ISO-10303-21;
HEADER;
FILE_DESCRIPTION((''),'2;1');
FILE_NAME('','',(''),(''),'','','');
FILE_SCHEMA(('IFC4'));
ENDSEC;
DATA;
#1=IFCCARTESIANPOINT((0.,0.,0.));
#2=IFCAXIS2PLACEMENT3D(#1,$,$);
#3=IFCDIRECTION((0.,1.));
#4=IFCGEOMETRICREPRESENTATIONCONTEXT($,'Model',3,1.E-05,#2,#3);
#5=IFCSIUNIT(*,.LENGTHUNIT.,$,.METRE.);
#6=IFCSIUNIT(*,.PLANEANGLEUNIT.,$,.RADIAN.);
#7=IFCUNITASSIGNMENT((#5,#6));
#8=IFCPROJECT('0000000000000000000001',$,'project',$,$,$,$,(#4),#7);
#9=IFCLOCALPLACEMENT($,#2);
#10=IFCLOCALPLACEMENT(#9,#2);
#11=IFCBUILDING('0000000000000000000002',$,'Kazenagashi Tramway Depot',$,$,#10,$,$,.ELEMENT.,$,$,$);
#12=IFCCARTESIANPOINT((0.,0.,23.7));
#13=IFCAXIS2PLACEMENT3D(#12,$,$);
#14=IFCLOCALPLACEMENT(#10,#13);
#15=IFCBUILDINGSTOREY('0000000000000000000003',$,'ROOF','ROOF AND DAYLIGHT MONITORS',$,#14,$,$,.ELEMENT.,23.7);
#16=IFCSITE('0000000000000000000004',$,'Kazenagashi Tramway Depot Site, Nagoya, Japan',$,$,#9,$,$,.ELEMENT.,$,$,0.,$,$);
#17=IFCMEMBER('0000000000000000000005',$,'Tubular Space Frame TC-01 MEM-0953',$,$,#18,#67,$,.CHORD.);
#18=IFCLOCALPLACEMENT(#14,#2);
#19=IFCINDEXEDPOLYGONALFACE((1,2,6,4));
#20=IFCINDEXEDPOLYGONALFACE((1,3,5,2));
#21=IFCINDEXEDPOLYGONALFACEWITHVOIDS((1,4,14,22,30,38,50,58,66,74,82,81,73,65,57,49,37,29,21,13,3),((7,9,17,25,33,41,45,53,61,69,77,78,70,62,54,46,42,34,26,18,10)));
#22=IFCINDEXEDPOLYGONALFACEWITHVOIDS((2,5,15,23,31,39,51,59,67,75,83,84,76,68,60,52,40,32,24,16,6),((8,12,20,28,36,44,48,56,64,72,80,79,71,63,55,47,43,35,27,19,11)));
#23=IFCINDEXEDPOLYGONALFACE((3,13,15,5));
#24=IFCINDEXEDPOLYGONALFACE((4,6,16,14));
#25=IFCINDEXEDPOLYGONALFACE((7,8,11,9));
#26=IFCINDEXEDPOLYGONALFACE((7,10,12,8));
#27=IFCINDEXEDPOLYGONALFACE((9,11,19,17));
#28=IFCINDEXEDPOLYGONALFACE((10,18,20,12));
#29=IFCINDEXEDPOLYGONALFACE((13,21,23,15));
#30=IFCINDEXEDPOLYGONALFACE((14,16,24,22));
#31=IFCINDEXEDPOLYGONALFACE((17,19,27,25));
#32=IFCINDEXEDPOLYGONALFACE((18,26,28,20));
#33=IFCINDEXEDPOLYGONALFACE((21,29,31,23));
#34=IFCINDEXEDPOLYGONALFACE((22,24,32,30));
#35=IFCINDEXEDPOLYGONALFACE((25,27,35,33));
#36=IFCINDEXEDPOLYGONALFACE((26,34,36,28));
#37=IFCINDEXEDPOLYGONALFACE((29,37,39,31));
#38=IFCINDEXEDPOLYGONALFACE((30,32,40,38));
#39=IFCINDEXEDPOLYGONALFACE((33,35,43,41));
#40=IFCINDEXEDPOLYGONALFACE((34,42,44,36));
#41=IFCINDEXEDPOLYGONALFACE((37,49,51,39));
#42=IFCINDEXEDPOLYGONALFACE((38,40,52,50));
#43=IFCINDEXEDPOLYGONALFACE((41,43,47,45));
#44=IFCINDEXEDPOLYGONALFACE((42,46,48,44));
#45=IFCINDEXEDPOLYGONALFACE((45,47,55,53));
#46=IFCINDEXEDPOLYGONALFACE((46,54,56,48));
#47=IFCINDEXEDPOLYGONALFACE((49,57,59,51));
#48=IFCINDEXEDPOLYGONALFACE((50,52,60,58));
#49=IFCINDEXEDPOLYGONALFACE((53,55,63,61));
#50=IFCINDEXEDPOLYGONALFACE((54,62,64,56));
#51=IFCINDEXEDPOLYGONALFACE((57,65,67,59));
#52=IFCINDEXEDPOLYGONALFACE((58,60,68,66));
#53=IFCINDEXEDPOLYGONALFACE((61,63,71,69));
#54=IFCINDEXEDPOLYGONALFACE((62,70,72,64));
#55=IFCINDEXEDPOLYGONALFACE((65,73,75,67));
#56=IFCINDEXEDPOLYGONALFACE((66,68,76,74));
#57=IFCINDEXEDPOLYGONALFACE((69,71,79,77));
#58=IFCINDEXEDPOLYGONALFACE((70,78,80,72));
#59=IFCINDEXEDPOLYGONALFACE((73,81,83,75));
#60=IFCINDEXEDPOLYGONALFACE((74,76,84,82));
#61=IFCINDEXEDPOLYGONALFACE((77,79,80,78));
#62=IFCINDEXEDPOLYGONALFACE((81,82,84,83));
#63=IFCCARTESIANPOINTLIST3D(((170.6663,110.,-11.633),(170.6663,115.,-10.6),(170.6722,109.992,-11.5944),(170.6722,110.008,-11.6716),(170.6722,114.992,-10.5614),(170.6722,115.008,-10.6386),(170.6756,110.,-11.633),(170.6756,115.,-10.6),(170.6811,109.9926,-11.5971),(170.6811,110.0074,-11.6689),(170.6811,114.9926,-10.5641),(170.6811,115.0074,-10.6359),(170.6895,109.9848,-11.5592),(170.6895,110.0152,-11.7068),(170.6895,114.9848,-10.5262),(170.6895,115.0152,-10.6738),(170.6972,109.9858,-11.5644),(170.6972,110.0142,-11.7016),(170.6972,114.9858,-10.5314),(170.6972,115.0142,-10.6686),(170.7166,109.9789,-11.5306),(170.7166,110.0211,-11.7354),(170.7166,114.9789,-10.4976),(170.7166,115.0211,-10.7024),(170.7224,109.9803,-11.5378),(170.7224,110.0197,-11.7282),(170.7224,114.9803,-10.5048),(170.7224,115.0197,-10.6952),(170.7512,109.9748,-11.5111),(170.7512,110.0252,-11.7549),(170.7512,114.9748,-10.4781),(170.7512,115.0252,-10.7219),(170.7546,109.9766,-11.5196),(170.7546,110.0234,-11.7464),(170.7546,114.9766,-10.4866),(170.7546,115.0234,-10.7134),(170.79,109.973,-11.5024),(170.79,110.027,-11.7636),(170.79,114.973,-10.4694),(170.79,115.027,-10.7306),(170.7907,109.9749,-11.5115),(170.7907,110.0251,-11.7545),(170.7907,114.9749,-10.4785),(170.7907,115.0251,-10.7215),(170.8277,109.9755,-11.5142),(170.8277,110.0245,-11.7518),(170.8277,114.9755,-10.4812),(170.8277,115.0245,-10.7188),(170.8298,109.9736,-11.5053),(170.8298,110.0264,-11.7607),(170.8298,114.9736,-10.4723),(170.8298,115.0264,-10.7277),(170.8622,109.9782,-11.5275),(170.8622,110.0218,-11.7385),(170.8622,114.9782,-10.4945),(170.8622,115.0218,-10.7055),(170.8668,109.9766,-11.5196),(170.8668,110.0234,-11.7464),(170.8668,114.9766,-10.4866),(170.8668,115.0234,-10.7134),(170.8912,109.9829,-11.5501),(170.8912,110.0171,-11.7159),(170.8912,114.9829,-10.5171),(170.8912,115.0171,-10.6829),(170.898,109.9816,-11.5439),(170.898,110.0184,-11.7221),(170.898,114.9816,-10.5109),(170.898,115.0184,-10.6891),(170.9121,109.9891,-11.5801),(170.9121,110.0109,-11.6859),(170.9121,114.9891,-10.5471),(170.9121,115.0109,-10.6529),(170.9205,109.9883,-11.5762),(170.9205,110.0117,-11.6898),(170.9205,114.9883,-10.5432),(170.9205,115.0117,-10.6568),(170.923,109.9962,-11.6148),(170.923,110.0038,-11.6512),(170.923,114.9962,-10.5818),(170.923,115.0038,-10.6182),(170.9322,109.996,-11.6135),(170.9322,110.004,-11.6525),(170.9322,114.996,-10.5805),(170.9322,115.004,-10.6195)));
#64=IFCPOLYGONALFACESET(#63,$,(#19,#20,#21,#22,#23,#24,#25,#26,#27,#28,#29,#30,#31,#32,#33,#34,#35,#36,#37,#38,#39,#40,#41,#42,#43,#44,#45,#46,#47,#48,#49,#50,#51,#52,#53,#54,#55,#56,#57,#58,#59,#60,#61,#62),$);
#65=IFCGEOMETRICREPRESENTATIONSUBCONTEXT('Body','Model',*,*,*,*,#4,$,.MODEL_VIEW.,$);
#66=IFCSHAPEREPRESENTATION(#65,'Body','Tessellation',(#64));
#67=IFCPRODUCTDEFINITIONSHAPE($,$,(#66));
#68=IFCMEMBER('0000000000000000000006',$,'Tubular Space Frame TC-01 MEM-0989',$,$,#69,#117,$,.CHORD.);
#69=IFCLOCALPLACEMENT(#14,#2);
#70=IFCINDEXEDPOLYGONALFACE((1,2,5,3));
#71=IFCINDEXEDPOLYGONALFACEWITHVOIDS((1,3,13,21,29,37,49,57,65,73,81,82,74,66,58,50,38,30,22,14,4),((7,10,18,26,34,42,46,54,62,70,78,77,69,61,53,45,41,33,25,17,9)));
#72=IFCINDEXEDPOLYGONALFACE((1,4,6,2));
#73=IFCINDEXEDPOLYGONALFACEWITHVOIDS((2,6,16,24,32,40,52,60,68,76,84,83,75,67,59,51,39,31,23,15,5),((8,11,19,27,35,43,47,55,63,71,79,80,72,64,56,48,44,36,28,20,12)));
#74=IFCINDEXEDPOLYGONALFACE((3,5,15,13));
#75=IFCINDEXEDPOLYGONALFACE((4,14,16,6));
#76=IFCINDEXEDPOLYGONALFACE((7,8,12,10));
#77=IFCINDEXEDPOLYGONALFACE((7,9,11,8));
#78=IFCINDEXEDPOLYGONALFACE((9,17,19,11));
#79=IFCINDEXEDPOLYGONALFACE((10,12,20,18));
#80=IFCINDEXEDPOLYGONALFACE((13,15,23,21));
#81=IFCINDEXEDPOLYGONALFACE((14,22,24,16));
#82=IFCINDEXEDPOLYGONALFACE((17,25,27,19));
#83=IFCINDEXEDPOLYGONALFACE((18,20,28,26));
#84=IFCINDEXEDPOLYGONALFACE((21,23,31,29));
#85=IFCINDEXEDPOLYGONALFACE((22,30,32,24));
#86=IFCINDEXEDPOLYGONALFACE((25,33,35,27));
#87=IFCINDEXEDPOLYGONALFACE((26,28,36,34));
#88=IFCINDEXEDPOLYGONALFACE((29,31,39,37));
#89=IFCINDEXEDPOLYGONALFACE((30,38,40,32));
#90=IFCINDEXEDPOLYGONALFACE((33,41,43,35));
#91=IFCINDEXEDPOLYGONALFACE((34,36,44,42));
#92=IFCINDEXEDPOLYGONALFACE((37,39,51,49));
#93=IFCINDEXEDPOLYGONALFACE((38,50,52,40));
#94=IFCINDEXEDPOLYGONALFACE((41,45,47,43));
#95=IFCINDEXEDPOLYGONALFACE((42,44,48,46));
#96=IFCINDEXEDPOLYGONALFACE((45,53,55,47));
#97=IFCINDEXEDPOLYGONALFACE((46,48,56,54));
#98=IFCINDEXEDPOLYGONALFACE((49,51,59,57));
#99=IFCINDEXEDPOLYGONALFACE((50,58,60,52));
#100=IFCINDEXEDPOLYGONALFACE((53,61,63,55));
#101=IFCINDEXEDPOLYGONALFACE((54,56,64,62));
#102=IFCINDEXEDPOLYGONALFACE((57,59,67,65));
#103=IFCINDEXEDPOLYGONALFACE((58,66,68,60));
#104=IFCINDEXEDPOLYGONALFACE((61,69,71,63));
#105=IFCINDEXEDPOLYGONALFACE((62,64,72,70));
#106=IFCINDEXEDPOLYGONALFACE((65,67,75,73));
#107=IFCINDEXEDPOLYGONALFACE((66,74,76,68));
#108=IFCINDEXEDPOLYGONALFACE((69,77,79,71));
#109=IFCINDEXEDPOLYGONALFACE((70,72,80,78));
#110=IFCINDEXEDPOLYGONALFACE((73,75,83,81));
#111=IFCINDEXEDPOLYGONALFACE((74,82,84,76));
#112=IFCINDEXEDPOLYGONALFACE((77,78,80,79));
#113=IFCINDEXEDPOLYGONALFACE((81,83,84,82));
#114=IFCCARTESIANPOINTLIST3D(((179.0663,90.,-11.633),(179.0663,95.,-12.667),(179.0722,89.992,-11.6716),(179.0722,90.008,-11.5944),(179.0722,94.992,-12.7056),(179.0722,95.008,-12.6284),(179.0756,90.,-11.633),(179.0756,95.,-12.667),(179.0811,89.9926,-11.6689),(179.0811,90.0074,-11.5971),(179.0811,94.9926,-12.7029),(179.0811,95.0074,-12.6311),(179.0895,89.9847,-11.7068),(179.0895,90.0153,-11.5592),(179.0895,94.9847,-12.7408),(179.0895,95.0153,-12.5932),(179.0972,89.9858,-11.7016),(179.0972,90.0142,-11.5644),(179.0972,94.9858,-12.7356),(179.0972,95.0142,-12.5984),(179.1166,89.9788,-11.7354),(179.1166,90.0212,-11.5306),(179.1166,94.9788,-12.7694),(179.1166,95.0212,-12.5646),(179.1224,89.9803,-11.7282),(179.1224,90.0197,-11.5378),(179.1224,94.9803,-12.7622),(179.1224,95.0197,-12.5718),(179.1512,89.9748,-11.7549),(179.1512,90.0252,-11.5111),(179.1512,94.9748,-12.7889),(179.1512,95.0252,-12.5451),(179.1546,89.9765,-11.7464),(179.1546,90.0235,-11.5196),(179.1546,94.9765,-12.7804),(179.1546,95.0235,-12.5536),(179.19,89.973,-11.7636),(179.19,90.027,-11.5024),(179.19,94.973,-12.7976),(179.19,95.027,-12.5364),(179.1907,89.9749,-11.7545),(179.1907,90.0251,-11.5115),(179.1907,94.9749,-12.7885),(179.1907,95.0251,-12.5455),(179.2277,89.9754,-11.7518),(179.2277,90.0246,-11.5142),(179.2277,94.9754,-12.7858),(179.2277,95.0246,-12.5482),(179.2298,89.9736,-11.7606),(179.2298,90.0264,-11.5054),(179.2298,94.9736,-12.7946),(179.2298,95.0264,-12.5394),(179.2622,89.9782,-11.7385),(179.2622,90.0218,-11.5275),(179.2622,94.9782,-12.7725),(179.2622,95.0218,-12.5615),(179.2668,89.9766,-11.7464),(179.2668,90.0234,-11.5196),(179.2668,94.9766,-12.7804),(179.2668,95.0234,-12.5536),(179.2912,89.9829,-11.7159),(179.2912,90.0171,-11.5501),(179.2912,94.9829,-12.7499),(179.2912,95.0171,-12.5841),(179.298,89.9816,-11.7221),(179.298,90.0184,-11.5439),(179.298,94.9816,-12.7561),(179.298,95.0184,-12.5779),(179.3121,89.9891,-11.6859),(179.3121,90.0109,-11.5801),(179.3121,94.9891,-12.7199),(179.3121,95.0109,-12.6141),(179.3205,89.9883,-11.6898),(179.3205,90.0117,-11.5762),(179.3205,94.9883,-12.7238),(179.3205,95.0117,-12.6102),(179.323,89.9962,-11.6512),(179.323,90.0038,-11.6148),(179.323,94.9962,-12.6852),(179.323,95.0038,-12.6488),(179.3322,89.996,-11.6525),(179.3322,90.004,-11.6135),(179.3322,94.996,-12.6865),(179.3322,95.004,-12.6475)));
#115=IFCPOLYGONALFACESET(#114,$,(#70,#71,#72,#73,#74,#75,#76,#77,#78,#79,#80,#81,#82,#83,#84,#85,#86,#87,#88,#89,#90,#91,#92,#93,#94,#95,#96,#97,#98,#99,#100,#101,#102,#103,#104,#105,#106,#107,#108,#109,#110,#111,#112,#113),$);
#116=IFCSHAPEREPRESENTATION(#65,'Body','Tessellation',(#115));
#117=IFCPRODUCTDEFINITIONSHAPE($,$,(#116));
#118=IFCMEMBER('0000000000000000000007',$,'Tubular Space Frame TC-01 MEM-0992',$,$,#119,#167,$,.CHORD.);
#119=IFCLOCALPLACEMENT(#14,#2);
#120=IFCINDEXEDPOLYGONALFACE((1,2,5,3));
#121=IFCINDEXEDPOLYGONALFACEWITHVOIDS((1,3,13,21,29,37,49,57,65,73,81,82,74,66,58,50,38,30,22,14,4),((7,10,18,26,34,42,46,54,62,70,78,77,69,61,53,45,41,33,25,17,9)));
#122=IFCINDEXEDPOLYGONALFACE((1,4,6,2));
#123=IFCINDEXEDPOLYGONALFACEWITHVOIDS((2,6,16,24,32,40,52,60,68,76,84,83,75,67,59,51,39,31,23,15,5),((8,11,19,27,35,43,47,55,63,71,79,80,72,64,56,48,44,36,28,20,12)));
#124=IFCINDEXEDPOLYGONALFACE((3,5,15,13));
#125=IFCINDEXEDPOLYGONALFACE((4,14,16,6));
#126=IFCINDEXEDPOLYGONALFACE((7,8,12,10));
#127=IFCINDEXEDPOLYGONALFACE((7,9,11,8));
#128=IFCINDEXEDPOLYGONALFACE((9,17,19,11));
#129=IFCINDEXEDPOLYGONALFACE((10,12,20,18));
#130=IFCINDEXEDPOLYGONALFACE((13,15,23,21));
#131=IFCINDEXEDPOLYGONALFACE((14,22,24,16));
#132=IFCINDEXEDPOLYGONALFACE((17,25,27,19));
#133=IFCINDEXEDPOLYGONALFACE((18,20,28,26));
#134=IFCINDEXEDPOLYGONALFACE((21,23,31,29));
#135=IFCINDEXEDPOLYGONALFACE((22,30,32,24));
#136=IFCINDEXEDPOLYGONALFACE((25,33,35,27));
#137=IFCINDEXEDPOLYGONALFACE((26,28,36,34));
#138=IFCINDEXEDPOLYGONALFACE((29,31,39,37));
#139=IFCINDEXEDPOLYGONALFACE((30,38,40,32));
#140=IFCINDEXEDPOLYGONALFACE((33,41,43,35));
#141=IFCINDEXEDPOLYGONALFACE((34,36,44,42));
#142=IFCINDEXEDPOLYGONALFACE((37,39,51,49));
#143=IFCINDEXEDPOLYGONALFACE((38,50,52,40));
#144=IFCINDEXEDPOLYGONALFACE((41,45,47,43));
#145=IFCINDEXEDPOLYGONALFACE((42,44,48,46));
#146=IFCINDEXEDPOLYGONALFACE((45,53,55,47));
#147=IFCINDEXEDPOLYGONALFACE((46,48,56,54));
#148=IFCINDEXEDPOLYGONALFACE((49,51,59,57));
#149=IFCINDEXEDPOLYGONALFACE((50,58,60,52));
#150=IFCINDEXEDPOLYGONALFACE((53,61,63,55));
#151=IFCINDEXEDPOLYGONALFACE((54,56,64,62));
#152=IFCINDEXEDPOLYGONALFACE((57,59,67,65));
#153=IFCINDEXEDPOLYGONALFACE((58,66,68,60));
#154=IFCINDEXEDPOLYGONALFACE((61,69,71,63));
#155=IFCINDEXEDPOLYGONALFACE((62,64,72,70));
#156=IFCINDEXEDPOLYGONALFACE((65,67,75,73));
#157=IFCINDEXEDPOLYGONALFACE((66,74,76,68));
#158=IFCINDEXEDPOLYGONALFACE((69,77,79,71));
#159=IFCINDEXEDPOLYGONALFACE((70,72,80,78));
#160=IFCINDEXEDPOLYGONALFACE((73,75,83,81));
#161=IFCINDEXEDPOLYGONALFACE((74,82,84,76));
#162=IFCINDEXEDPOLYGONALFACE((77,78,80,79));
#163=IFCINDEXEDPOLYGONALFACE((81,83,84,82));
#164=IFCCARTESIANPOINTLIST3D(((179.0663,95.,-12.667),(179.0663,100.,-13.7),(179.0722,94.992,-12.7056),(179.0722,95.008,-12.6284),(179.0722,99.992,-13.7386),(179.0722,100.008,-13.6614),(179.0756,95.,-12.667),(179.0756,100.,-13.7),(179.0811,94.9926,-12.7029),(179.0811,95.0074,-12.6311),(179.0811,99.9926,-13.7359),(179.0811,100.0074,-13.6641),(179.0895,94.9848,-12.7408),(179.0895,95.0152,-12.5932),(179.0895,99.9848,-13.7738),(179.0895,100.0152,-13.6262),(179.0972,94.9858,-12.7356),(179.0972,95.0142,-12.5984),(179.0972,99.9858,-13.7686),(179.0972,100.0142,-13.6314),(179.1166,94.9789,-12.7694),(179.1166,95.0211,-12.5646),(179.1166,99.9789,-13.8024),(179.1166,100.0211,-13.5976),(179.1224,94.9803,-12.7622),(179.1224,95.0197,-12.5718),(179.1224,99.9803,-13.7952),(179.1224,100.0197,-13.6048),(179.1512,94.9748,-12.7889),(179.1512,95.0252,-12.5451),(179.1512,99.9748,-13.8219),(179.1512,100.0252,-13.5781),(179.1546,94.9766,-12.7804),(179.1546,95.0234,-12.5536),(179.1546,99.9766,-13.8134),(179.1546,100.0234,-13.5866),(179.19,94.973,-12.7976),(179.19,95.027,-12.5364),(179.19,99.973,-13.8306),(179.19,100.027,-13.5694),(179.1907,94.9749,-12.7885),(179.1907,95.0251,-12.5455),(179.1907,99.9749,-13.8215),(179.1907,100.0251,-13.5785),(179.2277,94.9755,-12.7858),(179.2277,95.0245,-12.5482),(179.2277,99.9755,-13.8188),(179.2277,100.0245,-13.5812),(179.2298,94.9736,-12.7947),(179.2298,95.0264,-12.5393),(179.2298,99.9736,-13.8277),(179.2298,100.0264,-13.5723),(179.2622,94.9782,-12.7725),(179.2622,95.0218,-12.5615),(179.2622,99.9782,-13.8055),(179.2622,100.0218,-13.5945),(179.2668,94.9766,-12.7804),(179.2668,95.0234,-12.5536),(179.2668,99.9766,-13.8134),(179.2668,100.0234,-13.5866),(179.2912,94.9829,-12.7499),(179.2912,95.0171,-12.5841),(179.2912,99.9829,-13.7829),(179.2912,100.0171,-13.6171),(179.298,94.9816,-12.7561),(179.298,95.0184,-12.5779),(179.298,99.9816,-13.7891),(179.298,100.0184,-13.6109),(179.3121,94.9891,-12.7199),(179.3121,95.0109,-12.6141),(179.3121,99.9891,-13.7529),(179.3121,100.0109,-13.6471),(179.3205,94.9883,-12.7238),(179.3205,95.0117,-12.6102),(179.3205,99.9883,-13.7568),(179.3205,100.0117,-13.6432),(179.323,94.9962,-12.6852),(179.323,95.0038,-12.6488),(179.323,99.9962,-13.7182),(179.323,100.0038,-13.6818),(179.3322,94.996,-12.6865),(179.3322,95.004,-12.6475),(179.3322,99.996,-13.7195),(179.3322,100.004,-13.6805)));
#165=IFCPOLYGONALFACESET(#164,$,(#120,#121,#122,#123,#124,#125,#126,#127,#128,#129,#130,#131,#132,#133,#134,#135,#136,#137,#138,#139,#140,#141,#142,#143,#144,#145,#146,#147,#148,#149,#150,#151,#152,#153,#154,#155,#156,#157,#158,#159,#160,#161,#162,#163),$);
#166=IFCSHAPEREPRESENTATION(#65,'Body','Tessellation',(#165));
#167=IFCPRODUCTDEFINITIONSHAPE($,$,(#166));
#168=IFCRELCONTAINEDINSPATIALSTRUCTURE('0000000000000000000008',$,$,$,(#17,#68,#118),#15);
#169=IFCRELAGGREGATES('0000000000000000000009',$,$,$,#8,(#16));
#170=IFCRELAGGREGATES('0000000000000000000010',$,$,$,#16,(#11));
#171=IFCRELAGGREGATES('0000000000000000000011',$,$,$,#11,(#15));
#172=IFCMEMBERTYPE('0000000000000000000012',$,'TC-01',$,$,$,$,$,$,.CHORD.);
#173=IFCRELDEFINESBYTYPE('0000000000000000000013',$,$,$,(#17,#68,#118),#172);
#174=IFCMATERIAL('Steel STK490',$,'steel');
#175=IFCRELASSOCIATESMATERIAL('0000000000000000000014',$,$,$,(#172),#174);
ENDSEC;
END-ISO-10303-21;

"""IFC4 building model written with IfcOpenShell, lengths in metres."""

from ifc_helpers import new_model, si_unit, direction, frame, origin, origin_2d, place, context, subcontext, project, spatial, hollow_circle, extrude, material, material_profile, profile_set, type_object, element, save


model = new_model("IFC4")

# Units and contexts
model_context = context("Model", 3, precision=1e-05, world=origin(), true_north=direction((0.0, 1.0)))
body_context = subcontext(model_context, "Body", "Model", "MODEL_VIEW")
ifc_project = project(units=[si_unit("LENGTHUNIT", "METRE"), si_unit("PLANEANGLEUNIT", "RADIAN")], contexts=[model_context])

# Site, building, storey
site_placement = place(None, origin())
site = spatial("IfcSite", under=ifc_project, at=site_placement, Name="Kazenagashi Tramway Depot Site, Nagoya, Japan", CompositionType="ELEMENT", RefElevation=0.0)
building_placement = place(site_placement, origin())
building = spatial("IfcBuilding", under=site, at=building_placement, Name="Kazenagashi Tramway Depot", CompositionType="ELEMENT")
storey_placement = place(building_placement, frame((0.0, 0.0, 23.7)))
storey = spatial("IfcBuildingStorey", under=building, at=storey_placement, Name="ROOF", Description="ROOF AND DAYLIGHT MONITORS", CompositionType="ELEMENT", Elevation=23.7)

# Members
ifc_material_1 = material(Name="Steel STK490", Category="steel")
ifc_material_profile_1 = material_profile(ifc_material_1, hollow_circle(Radius=0.1337, WallThickness=0.0093, at=origin_2d()), Name="CHS-267.4x9.3")
ifc_profile_set_1 = profile_set([ifc_material_profile_1], Name="Steel STK490")
member_type_1 = type_object("IfcMemberType", Name="TC-01", PredefinedType="CHORD", material=ifc_profile_set_1)
member_1_placement = place(storey_placement, frame((170.8, 110.0, -11.633), z_axis=(0.0, 0.979318, 0.202327), x_axis=(-1.0, 0.0, 0.0)))
element("IfcMember", 1, at=member_1_placement, inside=storey, type_object=member_type_1, Name="Tubular Space Frame TC-01 MEM-0953", PredefinedType="CHORD", context=body_context, shape_type="SweptSolid", body=[
    extrude(hollow_circle(Radius=0.1337, WallThickness=0.0093, at=origin_2d()), origin(), (0.0, 0.0, 1.0), 5.1056),
])
member_2_placement = place(storey_placement, frame((179.2, 90.0, -11.633), z_axis=(0.0, 0.979279, -0.202515), x_axis=(-1.0, 0.0, 0.0)))
element("IfcMember", 2, at=member_2_placement, inside=storey, type_object=member_type_1, Name="Tubular Space Frame TC-01 MEM-0989", PredefinedType="CHORD", context=body_context, shape_type="SweptSolid", body=[
    extrude(hollow_circle(Radius=0.1337, WallThickness=0.0093, at=origin_2d()), origin(), (0.0, 0.0, 1.0), 5.1058),
])
member_3_placement = place(storey_placement, frame((179.2, 95.0, -12.667), z_axis=(0.0, 0.979318, -0.202327), x_axis=(-1.0, 0.0, 0.0)))
element("IfcMember", 3, at=member_3_placement, inside=storey, type_object=member_type_1, Name="Tubular Space Frame TC-01 MEM-0992", PredefinedType="CHORD", context=body_context, shape_type="SweptSolid", body=[
    extrude(hollow_circle(Radius=0.1337, WallThickness=0.0093, at=origin_2d()), origin(), (0.0, 0.0, 1.0), 5.1056),
])

save(model, "model.ifc")
